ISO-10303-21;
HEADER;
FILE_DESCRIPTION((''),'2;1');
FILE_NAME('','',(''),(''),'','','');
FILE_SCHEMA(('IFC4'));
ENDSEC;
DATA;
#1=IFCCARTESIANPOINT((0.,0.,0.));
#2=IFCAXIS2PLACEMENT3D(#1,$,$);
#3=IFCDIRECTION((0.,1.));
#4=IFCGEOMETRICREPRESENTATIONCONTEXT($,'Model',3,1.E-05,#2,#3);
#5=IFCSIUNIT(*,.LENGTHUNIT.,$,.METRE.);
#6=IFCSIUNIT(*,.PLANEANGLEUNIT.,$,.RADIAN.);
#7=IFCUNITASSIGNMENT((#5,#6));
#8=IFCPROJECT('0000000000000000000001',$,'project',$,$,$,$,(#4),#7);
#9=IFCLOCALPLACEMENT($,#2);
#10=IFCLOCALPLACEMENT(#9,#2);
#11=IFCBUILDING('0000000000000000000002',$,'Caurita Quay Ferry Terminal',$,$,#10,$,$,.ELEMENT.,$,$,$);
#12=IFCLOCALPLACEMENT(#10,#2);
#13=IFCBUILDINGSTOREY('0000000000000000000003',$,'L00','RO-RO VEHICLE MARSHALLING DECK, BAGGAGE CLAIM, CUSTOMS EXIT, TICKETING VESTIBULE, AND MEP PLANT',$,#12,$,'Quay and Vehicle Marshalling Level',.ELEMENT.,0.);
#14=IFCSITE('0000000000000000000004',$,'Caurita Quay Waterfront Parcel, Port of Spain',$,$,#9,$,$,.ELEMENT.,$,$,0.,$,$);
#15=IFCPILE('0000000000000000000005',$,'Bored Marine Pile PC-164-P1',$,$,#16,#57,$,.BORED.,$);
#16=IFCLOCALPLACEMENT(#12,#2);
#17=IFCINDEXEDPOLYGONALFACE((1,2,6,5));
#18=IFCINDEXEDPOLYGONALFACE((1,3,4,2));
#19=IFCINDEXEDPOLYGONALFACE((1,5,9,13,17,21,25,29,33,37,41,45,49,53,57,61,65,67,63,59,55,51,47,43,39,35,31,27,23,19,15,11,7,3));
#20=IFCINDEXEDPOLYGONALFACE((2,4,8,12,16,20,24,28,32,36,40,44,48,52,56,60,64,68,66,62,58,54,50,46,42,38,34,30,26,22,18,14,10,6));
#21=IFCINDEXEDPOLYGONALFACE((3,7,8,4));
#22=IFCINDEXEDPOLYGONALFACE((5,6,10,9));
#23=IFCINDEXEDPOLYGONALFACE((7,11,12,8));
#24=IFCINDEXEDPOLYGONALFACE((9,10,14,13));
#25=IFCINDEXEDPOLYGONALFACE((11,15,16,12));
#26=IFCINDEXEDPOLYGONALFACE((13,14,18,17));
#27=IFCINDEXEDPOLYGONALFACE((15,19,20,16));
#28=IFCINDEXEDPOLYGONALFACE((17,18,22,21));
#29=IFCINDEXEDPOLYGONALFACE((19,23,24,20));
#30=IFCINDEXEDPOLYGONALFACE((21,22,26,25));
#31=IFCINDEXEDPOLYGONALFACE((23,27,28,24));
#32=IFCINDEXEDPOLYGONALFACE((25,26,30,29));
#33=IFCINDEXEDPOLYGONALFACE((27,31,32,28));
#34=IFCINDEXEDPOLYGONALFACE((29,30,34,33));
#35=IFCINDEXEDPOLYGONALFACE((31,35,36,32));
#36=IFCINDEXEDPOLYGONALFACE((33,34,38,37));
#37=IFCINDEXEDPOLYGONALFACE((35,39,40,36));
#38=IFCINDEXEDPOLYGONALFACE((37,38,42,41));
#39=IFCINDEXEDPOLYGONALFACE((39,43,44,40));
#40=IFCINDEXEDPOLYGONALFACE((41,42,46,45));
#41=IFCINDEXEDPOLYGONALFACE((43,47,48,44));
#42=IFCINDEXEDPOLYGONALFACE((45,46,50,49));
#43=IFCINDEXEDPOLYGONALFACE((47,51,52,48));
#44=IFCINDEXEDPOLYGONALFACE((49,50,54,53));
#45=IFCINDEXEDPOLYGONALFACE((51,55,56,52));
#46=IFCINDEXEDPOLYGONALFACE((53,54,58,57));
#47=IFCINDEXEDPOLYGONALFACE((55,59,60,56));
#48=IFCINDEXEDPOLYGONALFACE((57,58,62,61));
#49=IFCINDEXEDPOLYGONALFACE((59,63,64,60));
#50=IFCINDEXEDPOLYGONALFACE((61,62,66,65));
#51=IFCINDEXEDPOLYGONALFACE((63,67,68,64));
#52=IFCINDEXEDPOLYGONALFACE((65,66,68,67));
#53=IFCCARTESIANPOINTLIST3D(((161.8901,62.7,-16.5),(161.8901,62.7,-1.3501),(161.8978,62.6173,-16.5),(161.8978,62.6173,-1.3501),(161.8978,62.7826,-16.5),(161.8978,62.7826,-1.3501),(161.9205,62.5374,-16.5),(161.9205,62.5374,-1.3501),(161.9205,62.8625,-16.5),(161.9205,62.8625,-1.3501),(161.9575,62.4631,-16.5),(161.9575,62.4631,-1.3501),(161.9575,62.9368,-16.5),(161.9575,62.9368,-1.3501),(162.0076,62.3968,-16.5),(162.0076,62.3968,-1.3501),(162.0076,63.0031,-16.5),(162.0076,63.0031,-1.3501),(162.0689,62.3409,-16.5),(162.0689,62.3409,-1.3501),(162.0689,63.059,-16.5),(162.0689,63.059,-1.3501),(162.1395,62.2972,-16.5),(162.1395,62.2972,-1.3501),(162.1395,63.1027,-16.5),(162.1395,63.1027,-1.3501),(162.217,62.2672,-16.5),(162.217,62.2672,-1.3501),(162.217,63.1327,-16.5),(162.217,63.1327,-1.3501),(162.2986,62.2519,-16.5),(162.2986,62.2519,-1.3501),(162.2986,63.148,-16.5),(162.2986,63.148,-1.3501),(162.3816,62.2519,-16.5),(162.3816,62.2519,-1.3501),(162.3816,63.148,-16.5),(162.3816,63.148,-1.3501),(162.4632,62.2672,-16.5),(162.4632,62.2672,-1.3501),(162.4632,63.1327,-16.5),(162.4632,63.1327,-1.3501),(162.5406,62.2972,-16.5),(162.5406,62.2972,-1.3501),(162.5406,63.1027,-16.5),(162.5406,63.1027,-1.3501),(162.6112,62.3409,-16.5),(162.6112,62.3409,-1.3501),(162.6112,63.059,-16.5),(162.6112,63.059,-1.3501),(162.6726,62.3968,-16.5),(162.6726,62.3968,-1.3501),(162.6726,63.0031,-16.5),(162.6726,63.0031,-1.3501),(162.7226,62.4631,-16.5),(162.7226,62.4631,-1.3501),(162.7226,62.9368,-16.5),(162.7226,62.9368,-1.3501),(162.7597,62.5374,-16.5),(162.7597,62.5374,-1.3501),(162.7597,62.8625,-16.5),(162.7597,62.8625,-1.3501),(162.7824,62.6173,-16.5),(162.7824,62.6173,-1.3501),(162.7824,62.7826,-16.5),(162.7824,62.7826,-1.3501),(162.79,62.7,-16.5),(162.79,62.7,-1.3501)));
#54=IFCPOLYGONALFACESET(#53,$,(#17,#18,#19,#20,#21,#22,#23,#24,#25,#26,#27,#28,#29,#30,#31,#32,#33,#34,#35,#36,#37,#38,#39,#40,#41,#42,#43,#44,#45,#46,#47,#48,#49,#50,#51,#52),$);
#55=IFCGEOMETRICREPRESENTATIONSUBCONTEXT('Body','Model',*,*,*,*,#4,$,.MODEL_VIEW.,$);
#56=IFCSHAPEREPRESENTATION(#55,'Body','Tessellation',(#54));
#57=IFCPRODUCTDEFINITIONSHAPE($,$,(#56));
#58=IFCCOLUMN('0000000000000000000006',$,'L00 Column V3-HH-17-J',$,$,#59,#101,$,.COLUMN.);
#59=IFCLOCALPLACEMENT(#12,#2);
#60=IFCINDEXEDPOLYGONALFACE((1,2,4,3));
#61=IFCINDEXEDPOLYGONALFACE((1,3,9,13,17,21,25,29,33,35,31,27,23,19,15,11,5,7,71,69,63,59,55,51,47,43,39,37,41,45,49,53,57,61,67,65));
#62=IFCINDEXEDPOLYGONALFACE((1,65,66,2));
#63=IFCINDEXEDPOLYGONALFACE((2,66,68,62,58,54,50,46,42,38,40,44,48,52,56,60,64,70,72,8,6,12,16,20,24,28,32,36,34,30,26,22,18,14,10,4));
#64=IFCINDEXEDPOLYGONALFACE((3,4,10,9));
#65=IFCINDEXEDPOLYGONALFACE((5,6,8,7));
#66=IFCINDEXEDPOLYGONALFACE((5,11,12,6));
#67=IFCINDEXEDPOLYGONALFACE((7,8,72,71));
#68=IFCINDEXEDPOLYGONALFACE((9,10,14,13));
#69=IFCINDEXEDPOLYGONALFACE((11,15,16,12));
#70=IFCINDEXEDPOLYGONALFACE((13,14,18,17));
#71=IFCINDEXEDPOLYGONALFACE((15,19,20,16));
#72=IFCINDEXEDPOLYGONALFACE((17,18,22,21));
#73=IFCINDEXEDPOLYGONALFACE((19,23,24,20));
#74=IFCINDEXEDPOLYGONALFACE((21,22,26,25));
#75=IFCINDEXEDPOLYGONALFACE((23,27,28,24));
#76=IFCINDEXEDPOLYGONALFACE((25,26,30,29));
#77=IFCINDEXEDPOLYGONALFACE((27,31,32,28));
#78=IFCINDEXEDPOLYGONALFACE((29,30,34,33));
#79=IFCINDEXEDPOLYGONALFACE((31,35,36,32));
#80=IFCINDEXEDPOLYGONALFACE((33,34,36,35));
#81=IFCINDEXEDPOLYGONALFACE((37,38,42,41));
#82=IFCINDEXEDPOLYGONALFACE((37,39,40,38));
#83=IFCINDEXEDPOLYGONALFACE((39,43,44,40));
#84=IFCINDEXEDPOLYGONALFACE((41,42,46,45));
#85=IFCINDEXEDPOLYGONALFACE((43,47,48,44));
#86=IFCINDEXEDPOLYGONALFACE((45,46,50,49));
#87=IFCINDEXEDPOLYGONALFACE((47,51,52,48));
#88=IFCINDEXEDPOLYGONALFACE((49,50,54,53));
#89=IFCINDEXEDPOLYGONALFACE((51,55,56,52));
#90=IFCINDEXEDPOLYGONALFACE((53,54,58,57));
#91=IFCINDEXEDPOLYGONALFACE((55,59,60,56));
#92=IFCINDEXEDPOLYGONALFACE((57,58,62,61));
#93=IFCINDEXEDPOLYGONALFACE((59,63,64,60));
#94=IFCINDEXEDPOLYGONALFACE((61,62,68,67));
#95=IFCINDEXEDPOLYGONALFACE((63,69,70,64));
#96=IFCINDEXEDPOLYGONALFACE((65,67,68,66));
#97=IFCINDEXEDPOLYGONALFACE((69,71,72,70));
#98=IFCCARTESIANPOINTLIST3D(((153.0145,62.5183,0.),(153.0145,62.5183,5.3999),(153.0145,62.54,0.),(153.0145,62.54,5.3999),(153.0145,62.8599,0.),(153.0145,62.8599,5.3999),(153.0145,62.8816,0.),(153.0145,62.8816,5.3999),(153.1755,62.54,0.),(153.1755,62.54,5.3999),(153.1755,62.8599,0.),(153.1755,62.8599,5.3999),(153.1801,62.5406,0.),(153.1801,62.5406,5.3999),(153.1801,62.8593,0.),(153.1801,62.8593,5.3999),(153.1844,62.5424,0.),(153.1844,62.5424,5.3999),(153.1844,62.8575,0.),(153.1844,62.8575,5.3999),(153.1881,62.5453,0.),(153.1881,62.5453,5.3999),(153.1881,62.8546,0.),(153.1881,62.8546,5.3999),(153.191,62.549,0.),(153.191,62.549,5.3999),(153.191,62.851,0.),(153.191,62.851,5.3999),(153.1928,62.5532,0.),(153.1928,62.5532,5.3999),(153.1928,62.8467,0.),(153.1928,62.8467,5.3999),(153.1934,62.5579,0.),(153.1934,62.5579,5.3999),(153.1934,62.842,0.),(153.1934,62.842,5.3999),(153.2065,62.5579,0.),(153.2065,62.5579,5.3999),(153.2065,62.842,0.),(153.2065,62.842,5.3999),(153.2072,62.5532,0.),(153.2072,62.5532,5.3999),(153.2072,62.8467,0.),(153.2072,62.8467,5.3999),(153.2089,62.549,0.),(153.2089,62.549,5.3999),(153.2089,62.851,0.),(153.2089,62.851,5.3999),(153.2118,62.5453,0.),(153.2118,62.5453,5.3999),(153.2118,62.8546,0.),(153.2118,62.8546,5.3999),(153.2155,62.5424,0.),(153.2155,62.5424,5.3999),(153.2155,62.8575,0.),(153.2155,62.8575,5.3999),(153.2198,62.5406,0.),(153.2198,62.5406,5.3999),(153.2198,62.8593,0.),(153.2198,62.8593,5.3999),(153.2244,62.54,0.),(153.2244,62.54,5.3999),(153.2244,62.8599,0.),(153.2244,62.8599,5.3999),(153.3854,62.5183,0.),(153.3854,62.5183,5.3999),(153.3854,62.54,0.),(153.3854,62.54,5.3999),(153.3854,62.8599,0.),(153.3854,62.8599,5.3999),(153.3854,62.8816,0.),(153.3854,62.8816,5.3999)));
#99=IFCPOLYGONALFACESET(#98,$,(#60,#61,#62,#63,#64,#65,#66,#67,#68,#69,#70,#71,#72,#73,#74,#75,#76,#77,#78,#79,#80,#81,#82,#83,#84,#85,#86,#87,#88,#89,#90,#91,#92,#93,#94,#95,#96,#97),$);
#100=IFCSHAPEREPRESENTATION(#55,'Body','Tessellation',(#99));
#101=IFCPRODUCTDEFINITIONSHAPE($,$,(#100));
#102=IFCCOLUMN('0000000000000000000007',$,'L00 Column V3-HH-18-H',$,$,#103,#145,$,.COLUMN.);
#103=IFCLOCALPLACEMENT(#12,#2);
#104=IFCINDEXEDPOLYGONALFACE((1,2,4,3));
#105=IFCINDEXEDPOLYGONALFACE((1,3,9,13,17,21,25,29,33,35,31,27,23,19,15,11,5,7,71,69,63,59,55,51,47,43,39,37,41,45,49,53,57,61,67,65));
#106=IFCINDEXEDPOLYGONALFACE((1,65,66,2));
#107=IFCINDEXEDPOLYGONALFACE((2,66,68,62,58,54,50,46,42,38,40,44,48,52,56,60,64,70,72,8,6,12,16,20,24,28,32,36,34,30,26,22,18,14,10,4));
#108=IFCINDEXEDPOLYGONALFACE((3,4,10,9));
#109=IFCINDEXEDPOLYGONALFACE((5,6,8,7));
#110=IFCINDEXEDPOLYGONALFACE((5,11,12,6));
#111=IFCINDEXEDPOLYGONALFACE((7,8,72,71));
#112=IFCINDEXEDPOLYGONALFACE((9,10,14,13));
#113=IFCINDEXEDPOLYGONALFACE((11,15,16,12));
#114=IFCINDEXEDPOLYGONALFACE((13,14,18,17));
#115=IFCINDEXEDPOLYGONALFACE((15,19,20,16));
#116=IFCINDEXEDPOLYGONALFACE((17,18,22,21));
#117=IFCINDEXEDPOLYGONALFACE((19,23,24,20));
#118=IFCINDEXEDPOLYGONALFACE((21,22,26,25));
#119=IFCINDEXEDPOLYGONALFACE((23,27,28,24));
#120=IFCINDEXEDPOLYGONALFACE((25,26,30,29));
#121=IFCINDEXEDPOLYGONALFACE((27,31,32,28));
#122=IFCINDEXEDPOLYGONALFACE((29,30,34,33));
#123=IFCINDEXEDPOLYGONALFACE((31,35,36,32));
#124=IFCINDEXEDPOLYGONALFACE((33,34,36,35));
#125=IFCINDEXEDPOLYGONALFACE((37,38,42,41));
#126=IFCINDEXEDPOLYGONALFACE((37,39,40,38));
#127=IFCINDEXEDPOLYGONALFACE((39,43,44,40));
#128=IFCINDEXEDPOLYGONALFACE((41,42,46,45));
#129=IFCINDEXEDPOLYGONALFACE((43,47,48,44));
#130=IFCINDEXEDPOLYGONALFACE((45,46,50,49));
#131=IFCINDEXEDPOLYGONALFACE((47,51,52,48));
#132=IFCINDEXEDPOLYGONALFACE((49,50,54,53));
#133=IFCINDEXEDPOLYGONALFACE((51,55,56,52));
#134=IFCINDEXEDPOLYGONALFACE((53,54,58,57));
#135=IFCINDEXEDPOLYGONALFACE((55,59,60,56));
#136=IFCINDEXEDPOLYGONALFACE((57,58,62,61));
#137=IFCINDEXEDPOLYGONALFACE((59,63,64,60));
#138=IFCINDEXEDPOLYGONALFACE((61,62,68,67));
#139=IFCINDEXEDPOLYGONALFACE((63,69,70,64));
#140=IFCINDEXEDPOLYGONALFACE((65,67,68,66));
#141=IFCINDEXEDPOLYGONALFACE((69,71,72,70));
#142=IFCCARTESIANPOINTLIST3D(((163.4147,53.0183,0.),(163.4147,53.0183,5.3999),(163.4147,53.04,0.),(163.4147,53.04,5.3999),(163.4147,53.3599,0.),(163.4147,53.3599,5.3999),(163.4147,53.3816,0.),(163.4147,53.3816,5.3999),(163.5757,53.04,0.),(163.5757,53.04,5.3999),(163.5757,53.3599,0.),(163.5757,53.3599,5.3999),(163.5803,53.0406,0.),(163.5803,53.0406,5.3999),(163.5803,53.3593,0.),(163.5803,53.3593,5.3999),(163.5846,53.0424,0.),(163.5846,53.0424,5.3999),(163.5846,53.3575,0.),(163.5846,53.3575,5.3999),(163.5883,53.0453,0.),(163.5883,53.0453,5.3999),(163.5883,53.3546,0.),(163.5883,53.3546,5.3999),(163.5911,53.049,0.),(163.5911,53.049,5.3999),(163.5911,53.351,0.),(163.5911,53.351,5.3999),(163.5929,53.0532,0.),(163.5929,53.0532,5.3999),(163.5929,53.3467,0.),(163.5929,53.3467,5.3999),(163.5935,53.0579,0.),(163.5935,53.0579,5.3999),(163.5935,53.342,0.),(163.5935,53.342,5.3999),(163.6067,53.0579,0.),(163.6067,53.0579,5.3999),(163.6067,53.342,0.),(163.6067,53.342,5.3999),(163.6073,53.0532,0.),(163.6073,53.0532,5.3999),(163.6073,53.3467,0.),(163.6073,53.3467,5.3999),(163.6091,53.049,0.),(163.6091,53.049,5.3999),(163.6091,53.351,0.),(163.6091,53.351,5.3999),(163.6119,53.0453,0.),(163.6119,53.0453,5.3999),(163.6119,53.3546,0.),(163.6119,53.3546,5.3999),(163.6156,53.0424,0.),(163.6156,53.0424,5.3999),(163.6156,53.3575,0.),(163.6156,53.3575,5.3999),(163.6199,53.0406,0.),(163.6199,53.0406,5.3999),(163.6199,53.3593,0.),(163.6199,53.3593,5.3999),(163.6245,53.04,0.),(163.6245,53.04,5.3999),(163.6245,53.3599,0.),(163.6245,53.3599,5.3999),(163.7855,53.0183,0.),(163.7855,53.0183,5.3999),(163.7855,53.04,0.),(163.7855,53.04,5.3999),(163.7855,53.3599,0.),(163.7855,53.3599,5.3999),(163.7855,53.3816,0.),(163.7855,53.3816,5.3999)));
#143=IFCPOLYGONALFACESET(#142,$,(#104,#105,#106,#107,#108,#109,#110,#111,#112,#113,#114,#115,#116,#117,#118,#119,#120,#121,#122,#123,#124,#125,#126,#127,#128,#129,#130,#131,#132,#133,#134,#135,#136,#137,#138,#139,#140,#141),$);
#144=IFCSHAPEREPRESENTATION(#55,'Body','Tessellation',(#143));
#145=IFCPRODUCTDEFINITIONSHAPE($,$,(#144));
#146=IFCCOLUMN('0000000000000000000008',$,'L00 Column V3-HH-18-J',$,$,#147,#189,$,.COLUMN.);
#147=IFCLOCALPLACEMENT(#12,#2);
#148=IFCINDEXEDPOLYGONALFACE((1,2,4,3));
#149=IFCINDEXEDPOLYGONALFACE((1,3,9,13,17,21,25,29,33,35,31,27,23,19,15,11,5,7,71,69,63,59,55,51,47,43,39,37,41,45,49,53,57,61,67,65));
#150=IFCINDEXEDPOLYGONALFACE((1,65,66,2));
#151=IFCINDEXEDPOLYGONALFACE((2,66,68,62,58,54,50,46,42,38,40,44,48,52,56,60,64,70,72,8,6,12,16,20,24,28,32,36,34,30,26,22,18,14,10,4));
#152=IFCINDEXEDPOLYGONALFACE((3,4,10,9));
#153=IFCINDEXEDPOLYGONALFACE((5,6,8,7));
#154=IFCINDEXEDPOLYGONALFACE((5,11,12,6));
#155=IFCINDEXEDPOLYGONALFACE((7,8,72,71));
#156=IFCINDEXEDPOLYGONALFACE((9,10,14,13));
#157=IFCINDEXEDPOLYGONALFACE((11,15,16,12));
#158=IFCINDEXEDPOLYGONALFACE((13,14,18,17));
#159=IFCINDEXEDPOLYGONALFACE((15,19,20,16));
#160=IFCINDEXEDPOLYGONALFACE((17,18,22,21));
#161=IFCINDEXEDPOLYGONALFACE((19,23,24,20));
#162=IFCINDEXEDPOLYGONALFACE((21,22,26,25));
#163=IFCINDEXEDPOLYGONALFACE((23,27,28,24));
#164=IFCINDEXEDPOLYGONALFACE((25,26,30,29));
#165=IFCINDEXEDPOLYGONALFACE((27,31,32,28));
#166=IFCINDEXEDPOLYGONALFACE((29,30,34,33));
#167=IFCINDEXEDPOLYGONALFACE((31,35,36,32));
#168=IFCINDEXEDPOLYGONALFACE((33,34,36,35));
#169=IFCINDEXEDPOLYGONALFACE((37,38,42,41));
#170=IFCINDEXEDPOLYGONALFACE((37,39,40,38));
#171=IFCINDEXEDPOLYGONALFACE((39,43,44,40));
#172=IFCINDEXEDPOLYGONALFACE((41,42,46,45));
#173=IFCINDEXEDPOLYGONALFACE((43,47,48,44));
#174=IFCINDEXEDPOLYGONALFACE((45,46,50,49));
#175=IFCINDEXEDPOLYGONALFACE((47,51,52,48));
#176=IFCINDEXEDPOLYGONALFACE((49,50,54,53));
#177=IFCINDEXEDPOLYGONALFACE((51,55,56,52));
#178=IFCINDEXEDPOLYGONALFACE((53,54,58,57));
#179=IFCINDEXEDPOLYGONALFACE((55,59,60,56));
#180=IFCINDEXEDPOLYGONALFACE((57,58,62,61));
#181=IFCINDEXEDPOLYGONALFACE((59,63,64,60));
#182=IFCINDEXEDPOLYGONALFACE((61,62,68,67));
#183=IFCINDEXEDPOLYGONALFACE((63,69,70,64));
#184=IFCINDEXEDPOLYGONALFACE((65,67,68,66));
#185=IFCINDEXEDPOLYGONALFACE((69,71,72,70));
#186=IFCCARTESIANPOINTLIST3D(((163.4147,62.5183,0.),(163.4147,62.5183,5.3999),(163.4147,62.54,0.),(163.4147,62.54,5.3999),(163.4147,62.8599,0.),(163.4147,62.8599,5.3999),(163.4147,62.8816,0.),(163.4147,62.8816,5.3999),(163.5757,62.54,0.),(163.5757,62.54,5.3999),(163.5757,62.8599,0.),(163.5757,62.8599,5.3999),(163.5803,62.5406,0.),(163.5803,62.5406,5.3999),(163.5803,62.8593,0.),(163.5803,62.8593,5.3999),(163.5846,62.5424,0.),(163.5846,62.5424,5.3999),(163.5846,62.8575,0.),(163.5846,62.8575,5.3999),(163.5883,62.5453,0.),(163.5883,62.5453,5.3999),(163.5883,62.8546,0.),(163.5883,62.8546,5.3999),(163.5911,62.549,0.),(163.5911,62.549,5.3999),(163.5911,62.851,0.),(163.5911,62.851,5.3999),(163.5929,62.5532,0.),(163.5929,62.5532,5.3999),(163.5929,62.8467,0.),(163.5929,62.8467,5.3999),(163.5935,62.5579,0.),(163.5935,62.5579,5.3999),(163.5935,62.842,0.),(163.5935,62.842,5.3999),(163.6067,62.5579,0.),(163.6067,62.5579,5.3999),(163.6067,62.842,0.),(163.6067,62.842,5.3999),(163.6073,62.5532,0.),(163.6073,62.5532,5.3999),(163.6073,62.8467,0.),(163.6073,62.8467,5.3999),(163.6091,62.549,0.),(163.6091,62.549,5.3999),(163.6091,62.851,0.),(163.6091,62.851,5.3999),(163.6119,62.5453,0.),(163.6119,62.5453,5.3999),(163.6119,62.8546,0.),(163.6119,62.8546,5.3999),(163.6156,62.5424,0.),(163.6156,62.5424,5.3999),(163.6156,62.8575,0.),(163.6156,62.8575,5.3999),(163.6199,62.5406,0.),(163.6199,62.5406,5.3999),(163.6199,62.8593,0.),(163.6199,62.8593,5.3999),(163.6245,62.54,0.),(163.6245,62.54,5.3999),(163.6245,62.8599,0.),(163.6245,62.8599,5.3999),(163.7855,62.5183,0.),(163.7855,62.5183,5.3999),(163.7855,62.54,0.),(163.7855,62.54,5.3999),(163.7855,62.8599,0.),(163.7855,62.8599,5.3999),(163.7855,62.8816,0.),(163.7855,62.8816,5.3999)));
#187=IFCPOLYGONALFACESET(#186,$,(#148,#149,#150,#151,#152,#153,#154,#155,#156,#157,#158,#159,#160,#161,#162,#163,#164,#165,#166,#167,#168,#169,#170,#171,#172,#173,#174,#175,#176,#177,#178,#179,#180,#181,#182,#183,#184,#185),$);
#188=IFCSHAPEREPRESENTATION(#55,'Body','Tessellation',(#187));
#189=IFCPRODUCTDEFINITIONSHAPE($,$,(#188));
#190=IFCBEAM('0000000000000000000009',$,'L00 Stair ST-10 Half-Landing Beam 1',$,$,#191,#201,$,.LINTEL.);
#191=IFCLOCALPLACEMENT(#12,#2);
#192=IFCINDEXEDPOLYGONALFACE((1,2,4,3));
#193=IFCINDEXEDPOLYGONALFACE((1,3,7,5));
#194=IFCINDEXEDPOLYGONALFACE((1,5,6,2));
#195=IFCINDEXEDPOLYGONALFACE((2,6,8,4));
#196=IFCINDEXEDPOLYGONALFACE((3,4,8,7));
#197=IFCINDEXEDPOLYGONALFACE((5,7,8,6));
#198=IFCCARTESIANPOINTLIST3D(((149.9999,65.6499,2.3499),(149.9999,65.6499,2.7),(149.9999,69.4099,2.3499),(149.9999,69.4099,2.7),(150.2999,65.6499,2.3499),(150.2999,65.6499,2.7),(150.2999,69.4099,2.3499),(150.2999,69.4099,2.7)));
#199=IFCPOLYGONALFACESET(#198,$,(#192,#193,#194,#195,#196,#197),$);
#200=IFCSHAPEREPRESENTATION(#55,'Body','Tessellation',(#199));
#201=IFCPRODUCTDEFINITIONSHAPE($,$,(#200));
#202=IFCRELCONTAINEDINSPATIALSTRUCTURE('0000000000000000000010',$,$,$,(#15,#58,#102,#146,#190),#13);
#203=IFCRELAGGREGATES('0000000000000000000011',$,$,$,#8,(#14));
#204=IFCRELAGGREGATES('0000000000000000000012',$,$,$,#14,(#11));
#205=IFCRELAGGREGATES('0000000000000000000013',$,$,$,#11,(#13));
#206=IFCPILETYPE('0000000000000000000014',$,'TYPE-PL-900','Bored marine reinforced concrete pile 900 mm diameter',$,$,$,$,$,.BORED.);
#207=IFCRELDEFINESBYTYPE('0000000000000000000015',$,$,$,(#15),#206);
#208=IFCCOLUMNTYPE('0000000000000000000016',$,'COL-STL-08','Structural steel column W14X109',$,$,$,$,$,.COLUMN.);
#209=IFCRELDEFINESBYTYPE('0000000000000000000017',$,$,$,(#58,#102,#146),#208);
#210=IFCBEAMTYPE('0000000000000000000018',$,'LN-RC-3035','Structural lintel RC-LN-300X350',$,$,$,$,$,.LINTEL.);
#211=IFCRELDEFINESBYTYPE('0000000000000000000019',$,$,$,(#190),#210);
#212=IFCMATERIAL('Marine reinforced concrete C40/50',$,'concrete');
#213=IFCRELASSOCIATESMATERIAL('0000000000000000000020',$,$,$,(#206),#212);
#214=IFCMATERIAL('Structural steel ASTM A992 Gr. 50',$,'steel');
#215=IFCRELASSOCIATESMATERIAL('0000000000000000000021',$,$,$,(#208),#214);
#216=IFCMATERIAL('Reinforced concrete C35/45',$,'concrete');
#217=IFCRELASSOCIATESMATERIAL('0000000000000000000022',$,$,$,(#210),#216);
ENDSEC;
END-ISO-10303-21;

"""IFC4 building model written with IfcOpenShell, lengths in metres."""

from ifc_helpers import new_model, si_unit, direction, frame, origin, origin_2d, place, context, subcontext, project, spatial, rectangle, circle, i_section, extrude, material, material_profile, profile_set, type_object, element, save


model = new_model("IFC4")

# Units and contexts
model_context = context("Model", 3, precision=1e-05, world=origin(), true_north=direction((0.0, 1.0)))
body_context = subcontext(model_context, "Body", "Model", "MODEL_VIEW")
ifc_project = project(units=[si_unit("LENGTHUNIT", "METRE"), si_unit("PLANEANGLEUNIT", "RADIAN")], contexts=[model_context])

# Site, building, storey
site_placement = place(None, origin())
site = spatial("IfcSite", under=ifc_project, at=site_placement, Name="Caurita Quay Waterfront Parcel, Port of Spain", CompositionType="ELEMENT", RefElevation=0.0)
building_placement = place(site_placement, origin())
building = spatial("IfcBuilding", under=site, at=building_placement, Name="Caurita Quay Ferry Terminal", CompositionType="ELEMENT")
storey_placement = place(building_placement, origin())
storey = spatial("IfcBuildingStorey", under=building, at=storey_placement, Name="L00", Description="RO-RO VEHICLE MARSHALLING DECK, BAGGAGE CLAIM, CUSTOMS EXIT, TICKETING VESTIBULE, AND MEP PLANT", LongName="Quay and Vehicle Marshalling Level", CompositionType="ELEMENT", Elevation=0.0)

# Pile
ifc_material_1 = material(Name="Marine reinforced concrete C40/50", Category="concrete")
ifc_material_profile_1 = material_profile(ifc_material_1, circle(Radius=0.45, at=origin_2d()), Name="PILE-D900")
ifc_profile_set_1 = profile_set([ifc_material_profile_1], Name="Marine reinforced concrete C40/50")
pile_type = type_object("IfcPileType", Name="TYPE-PL-900", Description="Bored marine reinforced concrete pile 900 mm diameter", PredefinedType="BORED", material=ifc_profile_set_1)
for number, where, z_axis, x_axis, name in (
    (1, (162.3401, 62.7, -1.3501), (0.0, 0.0, -1.0), (1.0, 0.0, 0.0), "Bored Marine Pile PC-164-P1"),
):
    element("IfcPile", number, at=place(storey_placement, frame(where, z_axis=z_axis, x_axis=x_axis)), inside=storey, type_object=pile_type, Name=name, PredefinedType="BORED", context=body_context, shape_type="SweptSolid", body=[
        extrude(circle(Radius=0.45, at=origin_2d()), origin(), (0.0, 0.0, 1.0), 15.1499),
    ])

# Columns
ifc_material_2 = material(Name="Structural steel ASTM A992 Gr. 50", Category="steel")
ifc_material_profile_2 = material_profile(ifc_material_2, i_section(OverallWidth=0.3708, OverallDepth=0.3633, WebThickness=0.0132, FlangeThickness=0.0217, FilletRadius=0.0178, at=origin_2d()), Name="W14X109")
ifc_profile_set_2 = profile_set([ifc_material_profile_2], Name="Structural steel ASTM A992 Gr. 50")
column_type = type_object("IfcColumnType", Name="COL-STL-08", Description="Structural steel column W14X109", PredefinedType="COLUMN", material=ifc_profile_set_2)
for number, where, z_axis, x_axis, name in (
    (2, (153.2, 62.7, 0.0), (0.0, 0.0, 1.0), (1.0, 0.0, 0.0), "L00 Column V3-HH-17-J"),
    (3, (163.6001, 53.2, 0.0), (0.0, 0.0, 1.0), (1.0, 0.0, 0.0), "L00 Column V3-HH-18-H"),
    (4, (163.6001, 62.7, 0.0), (0.0, 0.0, 1.0), (1.0, 0.0, 0.0), "L00 Column V3-HH-18-J"),
):
    element("IfcColumn", number, at=place(storey_placement, frame(where, z_axis=z_axis, x_axis=x_axis)), inside=storey, type_object=column_type, Name=name, PredefinedType="COLUMN", context=body_context, shape_type="SweptSolid", body=[
        extrude(i_section(OverallWidth=0.3708, OverallDepth=0.3633, WebThickness=0.0132, FlangeThickness=0.0217, FilletRadius=0.0178, at=origin_2d()), origin(), (0.0, 0.0, 1.0), 5.3999),
    ])

# Beam
ifc_material_3 = material(Name="Reinforced concrete C35/45", Category="concrete")
ifc_material_profile_3 = material_profile(ifc_material_3, rectangle(XDim=0.3, YDim=0.3501, at=origin_2d()), Name="RC-LN-300X350")
ifc_profile_set_3 = profile_set([ifc_material_profile_3], Name="Reinforced concrete C35/45")
beam_type = type_object("IfcBeamType", Name="LN-RC-3035", Description="Structural lintel RC-LN-300X350", PredefinedType="LINTEL", material=ifc_profile_set_3)
beam_placement = place(storey_placement, frame((150.1499, 65.6499, 2.5249), z_axis=(0.0, 1.0, 0.0), x_axis=(-1.0, 0.0, 0.0)))
element("IfcBeam", 5, at=beam_placement, inside=storey, type_object=beam_type, Name="L00 Stair ST-10 Half-Landing Beam 1", PredefinedType="LINTEL", context=body_context, shape_type="SweptSolid", body=[
    extrude(rectangle(XDim=0.3, YDim=0.3501, at=origin_2d()), origin(), (0.0, 0.0, 1.0), 3.76),
])

save(model, "model.ifc")
